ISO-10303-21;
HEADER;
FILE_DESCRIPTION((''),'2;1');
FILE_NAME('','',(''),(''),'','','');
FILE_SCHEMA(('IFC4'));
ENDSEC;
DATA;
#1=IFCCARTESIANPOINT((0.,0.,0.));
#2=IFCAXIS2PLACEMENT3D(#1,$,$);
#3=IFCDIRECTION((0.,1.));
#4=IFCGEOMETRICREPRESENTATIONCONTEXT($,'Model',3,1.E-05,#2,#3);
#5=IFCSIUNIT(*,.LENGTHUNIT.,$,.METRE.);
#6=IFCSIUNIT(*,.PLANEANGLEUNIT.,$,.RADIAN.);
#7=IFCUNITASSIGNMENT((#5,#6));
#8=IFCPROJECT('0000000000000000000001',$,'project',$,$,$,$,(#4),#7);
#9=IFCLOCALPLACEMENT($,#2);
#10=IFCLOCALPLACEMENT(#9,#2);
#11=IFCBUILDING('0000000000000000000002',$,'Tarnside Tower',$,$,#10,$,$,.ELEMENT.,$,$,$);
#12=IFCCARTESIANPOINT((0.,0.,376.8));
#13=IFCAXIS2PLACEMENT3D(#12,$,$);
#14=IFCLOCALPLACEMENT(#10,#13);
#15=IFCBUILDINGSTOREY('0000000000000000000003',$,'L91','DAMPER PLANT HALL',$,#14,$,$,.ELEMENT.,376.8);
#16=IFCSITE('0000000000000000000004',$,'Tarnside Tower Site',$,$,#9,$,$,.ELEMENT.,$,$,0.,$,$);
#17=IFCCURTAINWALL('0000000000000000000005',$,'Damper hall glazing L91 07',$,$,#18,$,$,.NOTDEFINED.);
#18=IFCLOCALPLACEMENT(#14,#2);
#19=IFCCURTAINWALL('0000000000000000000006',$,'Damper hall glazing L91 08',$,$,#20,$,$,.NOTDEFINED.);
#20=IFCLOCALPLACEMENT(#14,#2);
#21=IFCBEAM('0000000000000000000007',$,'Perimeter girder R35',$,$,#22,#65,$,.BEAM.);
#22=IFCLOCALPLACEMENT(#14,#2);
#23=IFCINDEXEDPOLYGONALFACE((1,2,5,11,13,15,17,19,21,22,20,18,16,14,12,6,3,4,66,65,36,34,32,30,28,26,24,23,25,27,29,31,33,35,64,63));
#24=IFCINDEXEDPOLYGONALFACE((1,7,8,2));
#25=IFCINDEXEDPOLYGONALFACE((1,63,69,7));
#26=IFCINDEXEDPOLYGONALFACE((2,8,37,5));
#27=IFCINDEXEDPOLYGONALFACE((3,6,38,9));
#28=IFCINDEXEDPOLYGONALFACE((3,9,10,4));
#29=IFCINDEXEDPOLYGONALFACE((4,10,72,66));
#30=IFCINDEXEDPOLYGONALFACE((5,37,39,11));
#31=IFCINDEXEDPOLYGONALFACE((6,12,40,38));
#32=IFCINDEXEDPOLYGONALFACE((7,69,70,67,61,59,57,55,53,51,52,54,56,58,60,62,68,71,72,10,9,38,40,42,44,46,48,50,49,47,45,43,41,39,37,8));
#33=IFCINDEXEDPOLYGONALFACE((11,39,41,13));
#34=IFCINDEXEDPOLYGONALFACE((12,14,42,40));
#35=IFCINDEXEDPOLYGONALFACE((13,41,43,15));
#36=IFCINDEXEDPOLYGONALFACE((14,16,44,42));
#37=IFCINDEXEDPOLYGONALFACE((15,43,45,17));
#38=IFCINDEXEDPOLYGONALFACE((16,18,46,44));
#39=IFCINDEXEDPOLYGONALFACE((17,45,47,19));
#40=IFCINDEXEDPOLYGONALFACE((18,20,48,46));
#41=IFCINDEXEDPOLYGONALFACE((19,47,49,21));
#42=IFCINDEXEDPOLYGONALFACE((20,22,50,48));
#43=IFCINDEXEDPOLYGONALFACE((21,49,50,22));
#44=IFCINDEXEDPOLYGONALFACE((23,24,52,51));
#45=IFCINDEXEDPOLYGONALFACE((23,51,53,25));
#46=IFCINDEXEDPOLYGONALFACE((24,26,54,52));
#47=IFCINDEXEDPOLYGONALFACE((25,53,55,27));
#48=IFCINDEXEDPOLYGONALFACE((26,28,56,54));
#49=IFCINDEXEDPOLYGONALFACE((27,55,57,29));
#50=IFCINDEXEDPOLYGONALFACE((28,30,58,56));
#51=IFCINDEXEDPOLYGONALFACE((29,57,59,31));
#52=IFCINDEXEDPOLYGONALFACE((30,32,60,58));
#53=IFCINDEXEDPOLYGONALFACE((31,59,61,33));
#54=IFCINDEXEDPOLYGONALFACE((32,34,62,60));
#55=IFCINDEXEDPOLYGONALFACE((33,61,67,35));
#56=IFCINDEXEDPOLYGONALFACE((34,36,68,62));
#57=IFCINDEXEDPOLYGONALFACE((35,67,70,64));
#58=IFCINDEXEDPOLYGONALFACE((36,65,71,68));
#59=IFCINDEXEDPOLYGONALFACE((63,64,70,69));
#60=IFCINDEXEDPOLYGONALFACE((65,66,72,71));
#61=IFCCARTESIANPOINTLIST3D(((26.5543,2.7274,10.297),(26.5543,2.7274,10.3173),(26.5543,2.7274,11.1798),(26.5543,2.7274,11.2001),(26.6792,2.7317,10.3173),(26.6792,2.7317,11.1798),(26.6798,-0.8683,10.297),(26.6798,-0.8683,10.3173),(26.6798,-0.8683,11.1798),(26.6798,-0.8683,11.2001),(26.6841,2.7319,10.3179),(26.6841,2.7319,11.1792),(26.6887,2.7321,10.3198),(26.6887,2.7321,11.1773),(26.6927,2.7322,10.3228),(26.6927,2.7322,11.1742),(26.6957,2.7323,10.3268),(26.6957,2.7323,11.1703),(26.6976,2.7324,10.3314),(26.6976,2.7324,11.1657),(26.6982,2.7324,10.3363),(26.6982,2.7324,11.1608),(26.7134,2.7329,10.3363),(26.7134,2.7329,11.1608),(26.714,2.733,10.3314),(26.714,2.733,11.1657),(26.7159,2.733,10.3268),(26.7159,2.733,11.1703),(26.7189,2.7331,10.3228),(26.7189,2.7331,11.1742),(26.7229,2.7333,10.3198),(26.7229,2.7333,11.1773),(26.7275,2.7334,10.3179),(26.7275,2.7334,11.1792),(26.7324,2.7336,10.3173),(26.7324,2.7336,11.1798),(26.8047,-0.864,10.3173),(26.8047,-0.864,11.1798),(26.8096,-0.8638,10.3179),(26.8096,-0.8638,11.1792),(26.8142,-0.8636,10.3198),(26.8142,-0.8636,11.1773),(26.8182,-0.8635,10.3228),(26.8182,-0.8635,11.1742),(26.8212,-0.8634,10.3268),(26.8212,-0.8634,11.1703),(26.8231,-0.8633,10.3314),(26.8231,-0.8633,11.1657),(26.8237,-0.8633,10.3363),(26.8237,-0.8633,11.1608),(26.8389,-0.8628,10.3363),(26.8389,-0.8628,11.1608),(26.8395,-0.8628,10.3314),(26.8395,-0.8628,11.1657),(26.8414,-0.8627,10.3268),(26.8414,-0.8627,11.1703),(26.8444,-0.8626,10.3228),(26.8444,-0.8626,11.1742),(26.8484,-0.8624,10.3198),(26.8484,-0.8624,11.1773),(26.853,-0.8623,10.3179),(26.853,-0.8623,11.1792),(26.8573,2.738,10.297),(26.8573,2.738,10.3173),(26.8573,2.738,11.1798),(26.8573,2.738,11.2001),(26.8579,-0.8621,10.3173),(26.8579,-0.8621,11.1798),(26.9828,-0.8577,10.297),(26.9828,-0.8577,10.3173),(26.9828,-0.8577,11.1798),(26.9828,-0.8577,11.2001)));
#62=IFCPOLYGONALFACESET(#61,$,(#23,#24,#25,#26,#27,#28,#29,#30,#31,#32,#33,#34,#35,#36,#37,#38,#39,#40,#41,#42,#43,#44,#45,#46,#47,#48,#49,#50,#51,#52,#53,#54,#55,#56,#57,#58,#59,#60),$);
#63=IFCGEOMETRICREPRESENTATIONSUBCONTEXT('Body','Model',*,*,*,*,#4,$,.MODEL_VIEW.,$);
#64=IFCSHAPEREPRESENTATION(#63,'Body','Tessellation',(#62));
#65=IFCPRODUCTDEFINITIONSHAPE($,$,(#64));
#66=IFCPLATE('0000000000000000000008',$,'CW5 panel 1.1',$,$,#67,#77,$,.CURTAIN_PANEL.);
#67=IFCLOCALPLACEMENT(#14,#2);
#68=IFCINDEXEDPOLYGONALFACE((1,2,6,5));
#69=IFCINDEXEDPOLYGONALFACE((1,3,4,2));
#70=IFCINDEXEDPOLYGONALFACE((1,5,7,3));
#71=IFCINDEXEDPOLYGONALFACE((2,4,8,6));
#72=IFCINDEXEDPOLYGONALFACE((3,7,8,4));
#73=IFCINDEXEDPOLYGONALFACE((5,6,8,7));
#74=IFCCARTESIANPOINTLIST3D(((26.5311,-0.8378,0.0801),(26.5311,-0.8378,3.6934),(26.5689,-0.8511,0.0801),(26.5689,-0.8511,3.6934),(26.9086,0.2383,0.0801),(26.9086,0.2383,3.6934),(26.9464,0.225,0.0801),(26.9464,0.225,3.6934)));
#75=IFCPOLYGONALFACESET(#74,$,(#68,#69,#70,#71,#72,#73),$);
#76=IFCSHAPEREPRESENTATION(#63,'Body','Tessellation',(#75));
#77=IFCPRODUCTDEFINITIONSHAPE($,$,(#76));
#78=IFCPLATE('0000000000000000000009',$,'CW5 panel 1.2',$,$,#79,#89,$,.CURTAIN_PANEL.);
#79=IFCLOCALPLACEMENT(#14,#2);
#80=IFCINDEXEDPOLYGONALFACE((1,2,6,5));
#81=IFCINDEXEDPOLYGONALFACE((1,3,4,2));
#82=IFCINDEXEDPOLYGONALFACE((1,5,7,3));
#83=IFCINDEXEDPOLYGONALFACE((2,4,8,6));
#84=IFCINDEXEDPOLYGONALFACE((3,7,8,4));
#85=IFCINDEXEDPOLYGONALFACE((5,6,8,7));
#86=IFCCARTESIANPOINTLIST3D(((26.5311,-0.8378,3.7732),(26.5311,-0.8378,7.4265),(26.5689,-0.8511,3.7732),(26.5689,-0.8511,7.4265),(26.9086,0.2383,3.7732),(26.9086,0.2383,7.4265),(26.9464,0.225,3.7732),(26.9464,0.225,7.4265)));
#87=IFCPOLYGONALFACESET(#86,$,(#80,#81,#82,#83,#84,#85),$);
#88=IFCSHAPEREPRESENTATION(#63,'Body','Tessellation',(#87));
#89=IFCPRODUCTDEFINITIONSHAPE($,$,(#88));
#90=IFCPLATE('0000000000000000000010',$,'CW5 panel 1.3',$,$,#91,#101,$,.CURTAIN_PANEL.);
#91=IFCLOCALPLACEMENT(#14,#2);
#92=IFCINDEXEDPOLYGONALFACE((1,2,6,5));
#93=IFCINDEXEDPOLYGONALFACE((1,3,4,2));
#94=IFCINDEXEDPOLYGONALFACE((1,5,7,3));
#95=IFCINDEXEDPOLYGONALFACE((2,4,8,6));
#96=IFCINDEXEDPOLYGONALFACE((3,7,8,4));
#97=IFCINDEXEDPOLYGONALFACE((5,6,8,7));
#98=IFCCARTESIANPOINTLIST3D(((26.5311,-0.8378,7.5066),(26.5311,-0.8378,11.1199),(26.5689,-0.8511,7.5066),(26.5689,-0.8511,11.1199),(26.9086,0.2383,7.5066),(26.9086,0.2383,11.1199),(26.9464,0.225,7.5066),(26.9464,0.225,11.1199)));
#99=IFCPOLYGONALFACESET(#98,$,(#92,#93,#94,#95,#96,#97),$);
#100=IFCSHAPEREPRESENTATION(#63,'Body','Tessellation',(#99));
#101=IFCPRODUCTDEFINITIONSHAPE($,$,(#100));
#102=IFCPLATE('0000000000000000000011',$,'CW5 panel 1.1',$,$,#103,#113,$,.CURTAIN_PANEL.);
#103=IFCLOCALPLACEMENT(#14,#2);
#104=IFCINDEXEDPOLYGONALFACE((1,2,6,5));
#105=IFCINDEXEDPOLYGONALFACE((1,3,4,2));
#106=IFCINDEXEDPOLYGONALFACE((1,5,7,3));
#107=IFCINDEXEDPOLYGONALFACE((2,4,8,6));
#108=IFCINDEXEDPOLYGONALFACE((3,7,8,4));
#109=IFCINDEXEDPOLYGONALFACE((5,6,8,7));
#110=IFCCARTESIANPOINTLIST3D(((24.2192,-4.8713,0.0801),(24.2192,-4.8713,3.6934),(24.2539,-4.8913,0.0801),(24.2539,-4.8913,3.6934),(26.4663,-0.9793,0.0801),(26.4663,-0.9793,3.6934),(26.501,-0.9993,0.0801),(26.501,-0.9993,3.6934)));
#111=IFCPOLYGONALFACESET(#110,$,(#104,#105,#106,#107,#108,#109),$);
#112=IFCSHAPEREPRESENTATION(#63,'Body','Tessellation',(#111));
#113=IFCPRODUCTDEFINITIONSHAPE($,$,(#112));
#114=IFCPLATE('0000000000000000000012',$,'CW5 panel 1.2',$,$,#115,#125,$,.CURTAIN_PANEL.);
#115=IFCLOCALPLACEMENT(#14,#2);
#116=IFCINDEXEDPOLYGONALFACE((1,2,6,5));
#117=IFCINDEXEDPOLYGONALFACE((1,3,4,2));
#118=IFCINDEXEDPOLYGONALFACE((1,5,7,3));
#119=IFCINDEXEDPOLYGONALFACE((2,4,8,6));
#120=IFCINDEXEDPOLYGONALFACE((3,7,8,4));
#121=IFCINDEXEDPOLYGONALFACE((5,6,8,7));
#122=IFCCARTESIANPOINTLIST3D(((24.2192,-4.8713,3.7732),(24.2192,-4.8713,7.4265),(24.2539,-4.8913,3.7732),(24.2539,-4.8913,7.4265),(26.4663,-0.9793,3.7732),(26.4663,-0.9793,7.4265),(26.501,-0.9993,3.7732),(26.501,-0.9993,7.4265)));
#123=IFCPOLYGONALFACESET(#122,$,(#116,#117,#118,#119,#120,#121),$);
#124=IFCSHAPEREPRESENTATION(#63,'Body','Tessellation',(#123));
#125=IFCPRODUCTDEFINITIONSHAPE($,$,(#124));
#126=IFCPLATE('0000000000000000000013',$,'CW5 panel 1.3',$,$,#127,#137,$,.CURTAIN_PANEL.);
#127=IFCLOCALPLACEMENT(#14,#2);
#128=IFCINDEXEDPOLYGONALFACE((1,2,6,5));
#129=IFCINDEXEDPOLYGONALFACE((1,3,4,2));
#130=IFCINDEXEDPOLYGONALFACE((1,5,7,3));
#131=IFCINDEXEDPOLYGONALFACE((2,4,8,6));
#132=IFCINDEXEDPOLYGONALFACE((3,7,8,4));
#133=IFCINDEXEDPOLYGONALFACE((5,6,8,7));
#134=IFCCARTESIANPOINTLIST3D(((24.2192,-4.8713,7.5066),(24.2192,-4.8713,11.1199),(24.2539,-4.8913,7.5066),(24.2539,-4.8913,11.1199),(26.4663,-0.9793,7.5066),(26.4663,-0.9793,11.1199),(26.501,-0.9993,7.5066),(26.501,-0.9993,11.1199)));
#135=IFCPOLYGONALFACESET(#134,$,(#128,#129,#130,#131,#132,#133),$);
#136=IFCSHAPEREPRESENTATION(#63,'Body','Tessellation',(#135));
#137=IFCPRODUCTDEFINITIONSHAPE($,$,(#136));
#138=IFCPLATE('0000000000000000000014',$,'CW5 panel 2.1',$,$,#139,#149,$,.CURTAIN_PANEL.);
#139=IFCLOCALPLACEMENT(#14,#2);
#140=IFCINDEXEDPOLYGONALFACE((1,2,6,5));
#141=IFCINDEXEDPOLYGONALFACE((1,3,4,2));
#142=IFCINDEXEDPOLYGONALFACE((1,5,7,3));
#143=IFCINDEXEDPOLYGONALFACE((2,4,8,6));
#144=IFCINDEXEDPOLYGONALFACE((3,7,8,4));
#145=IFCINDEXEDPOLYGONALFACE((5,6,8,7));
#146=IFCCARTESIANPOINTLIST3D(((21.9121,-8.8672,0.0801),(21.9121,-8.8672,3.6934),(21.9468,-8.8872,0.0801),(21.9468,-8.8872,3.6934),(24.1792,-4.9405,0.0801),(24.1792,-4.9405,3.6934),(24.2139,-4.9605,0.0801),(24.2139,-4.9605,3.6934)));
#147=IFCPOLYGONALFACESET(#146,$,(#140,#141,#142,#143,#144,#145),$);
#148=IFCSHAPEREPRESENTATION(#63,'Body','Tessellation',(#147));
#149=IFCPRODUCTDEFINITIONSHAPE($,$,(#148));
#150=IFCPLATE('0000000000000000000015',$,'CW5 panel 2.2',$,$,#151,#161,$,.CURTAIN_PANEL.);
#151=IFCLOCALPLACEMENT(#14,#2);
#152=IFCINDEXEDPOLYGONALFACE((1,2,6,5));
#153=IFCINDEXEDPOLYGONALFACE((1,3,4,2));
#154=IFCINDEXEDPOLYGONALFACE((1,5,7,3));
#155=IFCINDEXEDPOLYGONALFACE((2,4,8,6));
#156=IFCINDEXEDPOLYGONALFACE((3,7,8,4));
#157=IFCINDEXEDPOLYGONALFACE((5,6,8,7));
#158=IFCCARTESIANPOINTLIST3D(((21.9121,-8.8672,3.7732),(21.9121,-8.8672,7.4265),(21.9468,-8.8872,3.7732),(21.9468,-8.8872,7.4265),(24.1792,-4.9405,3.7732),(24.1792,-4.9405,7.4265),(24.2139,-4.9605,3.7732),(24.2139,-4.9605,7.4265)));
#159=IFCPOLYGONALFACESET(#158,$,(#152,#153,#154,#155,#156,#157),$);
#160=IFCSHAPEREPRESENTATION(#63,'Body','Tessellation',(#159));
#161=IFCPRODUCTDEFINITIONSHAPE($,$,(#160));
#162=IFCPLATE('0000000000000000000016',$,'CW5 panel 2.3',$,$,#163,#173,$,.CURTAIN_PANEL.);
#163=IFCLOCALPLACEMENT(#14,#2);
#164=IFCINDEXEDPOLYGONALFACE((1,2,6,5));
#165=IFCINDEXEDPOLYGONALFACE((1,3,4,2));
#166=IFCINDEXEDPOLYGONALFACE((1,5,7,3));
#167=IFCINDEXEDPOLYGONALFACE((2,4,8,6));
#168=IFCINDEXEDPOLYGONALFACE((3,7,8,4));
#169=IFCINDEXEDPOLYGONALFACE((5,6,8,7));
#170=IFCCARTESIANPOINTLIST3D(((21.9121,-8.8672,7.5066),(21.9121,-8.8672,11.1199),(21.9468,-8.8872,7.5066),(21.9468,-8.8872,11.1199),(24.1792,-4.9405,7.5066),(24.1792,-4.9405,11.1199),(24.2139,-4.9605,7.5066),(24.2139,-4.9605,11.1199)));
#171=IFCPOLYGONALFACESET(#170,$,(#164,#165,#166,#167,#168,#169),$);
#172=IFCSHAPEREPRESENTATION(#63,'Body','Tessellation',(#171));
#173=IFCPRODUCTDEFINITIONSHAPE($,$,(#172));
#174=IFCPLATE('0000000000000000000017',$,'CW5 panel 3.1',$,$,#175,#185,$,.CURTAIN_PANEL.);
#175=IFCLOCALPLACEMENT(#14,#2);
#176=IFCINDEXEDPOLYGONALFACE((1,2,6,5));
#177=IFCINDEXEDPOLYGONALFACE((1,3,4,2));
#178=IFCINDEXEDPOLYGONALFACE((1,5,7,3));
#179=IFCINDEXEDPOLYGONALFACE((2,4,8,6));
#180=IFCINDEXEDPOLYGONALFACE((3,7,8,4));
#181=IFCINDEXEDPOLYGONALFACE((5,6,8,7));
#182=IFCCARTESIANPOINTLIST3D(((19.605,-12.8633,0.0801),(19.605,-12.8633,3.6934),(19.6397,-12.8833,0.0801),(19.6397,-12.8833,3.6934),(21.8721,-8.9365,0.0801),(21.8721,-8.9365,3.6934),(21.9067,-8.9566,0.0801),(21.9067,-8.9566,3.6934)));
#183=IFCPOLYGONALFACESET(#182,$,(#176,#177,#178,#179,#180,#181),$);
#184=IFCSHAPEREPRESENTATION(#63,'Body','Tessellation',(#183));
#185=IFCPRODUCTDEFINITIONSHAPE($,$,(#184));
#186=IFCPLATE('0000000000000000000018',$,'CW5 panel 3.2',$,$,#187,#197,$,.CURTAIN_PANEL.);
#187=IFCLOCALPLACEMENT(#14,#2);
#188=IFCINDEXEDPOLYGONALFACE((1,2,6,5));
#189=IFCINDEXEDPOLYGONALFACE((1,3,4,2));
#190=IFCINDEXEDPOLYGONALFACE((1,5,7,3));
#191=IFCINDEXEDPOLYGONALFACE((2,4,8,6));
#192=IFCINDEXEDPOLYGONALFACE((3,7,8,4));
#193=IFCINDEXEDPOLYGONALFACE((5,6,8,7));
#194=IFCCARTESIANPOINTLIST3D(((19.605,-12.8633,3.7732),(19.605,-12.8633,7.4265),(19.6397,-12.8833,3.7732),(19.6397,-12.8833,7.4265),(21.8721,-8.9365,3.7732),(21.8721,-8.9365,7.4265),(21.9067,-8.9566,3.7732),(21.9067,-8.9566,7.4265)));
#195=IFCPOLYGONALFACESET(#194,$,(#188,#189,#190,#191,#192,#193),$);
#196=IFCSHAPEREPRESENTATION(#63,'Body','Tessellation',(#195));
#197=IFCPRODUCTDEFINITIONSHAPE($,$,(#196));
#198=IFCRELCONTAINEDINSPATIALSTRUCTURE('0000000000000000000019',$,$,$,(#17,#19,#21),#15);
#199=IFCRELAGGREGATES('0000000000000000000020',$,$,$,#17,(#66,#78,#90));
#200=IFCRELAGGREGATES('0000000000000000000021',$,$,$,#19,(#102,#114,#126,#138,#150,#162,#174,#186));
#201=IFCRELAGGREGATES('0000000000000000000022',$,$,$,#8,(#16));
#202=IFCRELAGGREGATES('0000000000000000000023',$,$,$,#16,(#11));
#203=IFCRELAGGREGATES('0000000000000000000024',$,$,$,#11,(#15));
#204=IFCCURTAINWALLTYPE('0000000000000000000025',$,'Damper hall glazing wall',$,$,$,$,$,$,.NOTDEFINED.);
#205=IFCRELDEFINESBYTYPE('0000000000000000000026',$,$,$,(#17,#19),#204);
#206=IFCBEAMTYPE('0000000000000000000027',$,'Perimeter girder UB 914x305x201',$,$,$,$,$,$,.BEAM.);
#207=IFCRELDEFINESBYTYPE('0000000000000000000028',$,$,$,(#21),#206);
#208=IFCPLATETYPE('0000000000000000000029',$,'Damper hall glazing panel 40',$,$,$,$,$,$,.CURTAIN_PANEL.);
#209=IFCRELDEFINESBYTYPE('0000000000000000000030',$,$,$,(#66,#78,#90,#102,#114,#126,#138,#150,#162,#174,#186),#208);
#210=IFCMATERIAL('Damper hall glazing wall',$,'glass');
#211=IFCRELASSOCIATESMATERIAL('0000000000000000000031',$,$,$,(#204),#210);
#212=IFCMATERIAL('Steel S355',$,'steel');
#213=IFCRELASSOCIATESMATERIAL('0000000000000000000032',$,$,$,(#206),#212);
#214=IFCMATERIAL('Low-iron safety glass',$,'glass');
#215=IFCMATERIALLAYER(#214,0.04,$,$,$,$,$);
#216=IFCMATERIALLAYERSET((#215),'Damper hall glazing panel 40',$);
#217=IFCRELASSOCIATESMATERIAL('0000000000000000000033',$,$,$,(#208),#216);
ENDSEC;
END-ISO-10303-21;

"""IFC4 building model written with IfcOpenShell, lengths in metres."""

from ifc_helpers import new_model, si_unit, direction, frame, origin, origin_2d, place, context, subcontext, project, spatial, rectangle, i_section, extrude, material, layer, layer_set, material_profile, profile_set, type_object, element, aggregate, save


model = new_model("IFC4")

# Units and contexts
model_context = context("Model", 3, precision=1e-05, world=origin(), true_north=direction((0.0, 1.0)))
body_context = subcontext(model_context, "Body", "Model", "MODEL_VIEW")
ifc_project = project(units=[si_unit("LENGTHUNIT", "METRE"), si_unit("PLANEANGLEUNIT", "RADIAN")], contexts=[model_context])

# Site, building, storey
site_placement = place(None, origin())
site = spatial("IfcSite", under=ifc_project, at=site_placement, Name="Tarnside Tower Site", CompositionType="ELEMENT", RefElevation=0.0)
building_placement = place(site_placement, origin())
building = spatial("IfcBuilding", under=site, at=building_placement, Name="Tarnside Tower", CompositionType="ELEMENT")
storey_placement = place(building_placement, frame((0.0, 0.0, 376.8)))
storey = spatial("IfcBuildingStorey", under=building, at=storey_placement, Name="L91", Description="DAMPER PLANT HALL", CompositionType="ELEMENT", Elevation=376.8)

# Shared definitions
ifc_material_1 = material(Name="Steel S355", Category="steel")

# Curtain wall
ifc_material_2 = material(Name="Damper hall glazing wall", Category="glass")
curtain_wall_type = type_object("IfcCurtainWallType", Name="Damper hall glazing wall", PredefinedType="NOTDEFINED", material=ifc_material_2)
curtain_wall_1_placement = place(storey_placement, origin())
curtain_wall_1 = element("IfcCurtainWall", 1, at=curtain_wall_1_placement, inside=storey, type_object=curtain_wall_type, Name="Damper hall glazing L91 07", PredefinedType="NOTDEFINED")

# Curtain wall
curtain_wall_2_placement = place(storey_placement, origin())
curtain_wall_2 = element("IfcCurtainWall", 2, at=curtain_wall_2_placement, inside=storey, type_object=curtain_wall_type, Name="Damper hall glazing L91 08", PredefinedType="NOTDEFINED")

# Beam
ifc_material_profile_1 = material_profile(ifc_material_1, i_section(OverallWidth=0.3032, OverallDepth=0.9031, WebThickness=0.0151, FlangeThickness=0.0203, FilletRadius=0.019, at=origin_2d()), Name="UB 914x305x201")
ifc_profile_set_1 = profile_set([ifc_material_profile_1], Name="Steel S355")
beam_type_1 = type_object("IfcBeamType", Name="Perimeter girder UB 914x305x201", PredefinedType="BEAM", material=ifc_profile_set_1)
beam_1_placement = place(storey_placement, frame((26.8313, -0.863, 10.7485), z_axis=(-0.034878, 0.999392, 0.0), x_axis=(-0.999392, -0.034878, 0.0)))
element("IfcBeam", 3, at=beam_1_placement, inside=storey, type_object=beam_type_1, Name="Perimeter girder R35", PredefinedType="BEAM", context=body_context, shape_type="SweptSolid", body=[
    extrude(i_section(OverallWidth=0.3032, OverallDepth=0.9031, WebThickness=0.0151, FlangeThickness=0.0203, FilletRadius=0.019, at=origin_2d()), origin(), (0.0, 0.0, 1.0), 3.5979),
])

# Plates
ifc_material_3 = material(Name="Low-iron safety glass", Category="glass")
ifc_layer = layer(ifc_material_3, 0.04)
ifc_layer_set = layer_set([ifc_layer], Name="Damper hall glazing panel 40")
plate_type = type_object("IfcPlateType", Name="Damper hall glazing panel 40", PredefinedType="CURTAIN_PANEL", material=ifc_layer_set)
plate_1_placement = place(storey_placement, frame((26.7388, -0.3064, 0.0801), z_axis=(0.0, 0.0, 1.0), x_axis=(-0.331063, -0.943609, 0.0)))
plate_1 = element("IfcPlate", 4, at=plate_1_placement, type_object=plate_type, Name="CW5 panel 1.1", PredefinedType="CURTAIN_PANEL", context=body_context, shape_type="SweptSolid", body=[
    extrude(rectangle(XDim=1.1404, YDim=0.04, at=origin_2d()), origin(), (0.0, 0.0, 1.0), 3.6133),
])
plate_2_placement = place(storey_placement, frame((26.7388, -0.3064, 3.7732), z_axis=(0.0, 0.0, 1.0), x_axis=(-0.331063, -0.943609, 0.0)))
plate_2 = element("IfcPlate", 5, at=plate_2_placement, type_object=plate_type, Name="CW5 panel 1.2", PredefinedType="CURTAIN_PANEL", context=body_context, shape_type="SweptSolid", body=[
    extrude(rectangle(XDim=1.1404, YDim=0.04, at=origin_2d()), origin(), (0.0, 0.0, 1.0), 3.6533),
])
plate_3_placement = place(storey_placement, frame((26.7388, -0.3064, 7.5066), z_axis=(0.0, 0.0, 1.0), x_axis=(-0.331063, -0.943609, 0.0)))
plate_3 = element("IfcPlate", 6, at=plate_3_placement, type_object=plate_type, Name="CW5 panel 1.3", PredefinedType="CURTAIN_PANEL", context=body_context, shape_type="SweptSolid", body=[
    extrude(rectangle(XDim=1.1404, YDim=0.04, at=origin_2d()), origin(), (0.0, 0.0, 1.0), 3.6133),
])
aggregate(curtain_wall_1, [plate_1, plate_2, plate_3])
plate_4_placement = place(storey_placement, frame((25.3601, -2.9353, 0.0801), z_axis=(0.0, 0.0, 1.0), x_axis=(-0.5, -0.866025, 0.0)))
plate_4 = element("IfcPlate", 7, at=plate_4_placement, type_object=plate_type, Name="CW5 panel 1.1", PredefinedType="CURTAIN_PANEL", context=body_context, shape_type="SweptSolid", body=[
    extrude(rectangle(XDim=4.4941, YDim=0.04, at=origin_2d()), origin(), (0.0, 0.0, 1.0), 3.6133),
])
plate_5_placement = place(storey_placement, frame((25.3601, -2.9353, 3.7732), z_axis=(0.0, 0.0, 1.0), x_axis=(-0.5, -0.866025, 0.0)))
plate_5 = element("IfcPlate", 8, at=plate_5_placement, type_object=plate_type, Name="CW5 panel 1.2", PredefinedType="CURTAIN_PANEL", context=body_context, shape_type="SweptSolid", body=[
    extrude(rectangle(XDim=4.4941, YDim=0.04, at=origin_2d()), origin(), (0.0, 0.0, 1.0), 3.6533),
])
plate_6_placement = place(storey_placement, frame((25.3601, -2.9353, 7.5066), z_axis=(0.0, 0.0, 1.0), x_axis=(-0.5, -0.866025, 0.0)))
plate_6 = element("IfcPlate", 9, at=plate_6_placement, type_object=plate_type, Name="CW5 panel 1.3", PredefinedType="CURTAIN_PANEL", context=body_context, shape_type="SweptSolid", body=[
    extrude(rectangle(XDim=4.4941, YDim=0.04, at=origin_2d()), origin(), (0.0, 0.0, 1.0), 3.6133),
])
plate_7_placement = place(storey_placement, frame((23.063, -6.9138, 0.0801), z_axis=(0.0, 0.0, 1.0), x_axis=(-0.5, -0.866025, 0.0)))
plate_7 = element("IfcPlate", 10, at=plate_7_placement, type_object=plate_type, Name="CW5 panel 2.1", PredefinedType="CURTAIN_PANEL", context=body_context, shape_type="SweptSolid", body=[
    extrude(rectangle(XDim=4.5342, YDim=0.04, at=origin_2d()), origin(), (0.0, 0.0, 1.0), 3.6133),
])
plate_8_placement = place(storey_placement, frame((23.063, -6.9138, 3.7732), z_axis=(0.0, 0.0, 1.0), x_axis=(-0.5, -0.866025, 0.0)))
plate_8 = element("IfcPlate", 11, at=plate_8_placement, type_object=plate_type, Name="CW5 panel 2.2", PredefinedType="CURTAIN_PANEL", context=body_context, shape_type="SweptSolid", body=[
    extrude(rectangle(XDim=4.5342, YDim=0.04, at=origin_2d()), origin(), (0.0, 0.0, 1.0), 3.6533),
])
plate_9_placement = place(storey_placement, frame((23.063, -6.9138, 7.5066), z_axis=(0.0, 0.0, 1.0), x_axis=(-0.5, -0.866025, 0.0)))
plate_9 = element("IfcPlate", 12, at=plate_9_placement, type_object=plate_type, Name="CW5 panel 2.3", PredefinedType="CURTAIN_PANEL", context=body_context, shape_type="SweptSolid", body=[
    extrude(rectangle(XDim=4.5342, YDim=0.04, at=origin_2d()), origin(), (0.0, 0.0, 1.0), 3.6133),
])
plate_10_placement = place(storey_placement, frame((20.7559, -10.9099, 0.0801), z_axis=(0.0, 0.0, 1.0), x_axis=(-0.5, -0.866025, 0.0)))
plate_10 = element("IfcPlate", 13, at=plate_10_placement, type_object=plate_type, Name="CW5 panel 3.1", PredefinedType="CURTAIN_PANEL", context=body_context, shape_type="SweptSolid", body=[
    extrude(rectangle(XDim=4.5342, YDim=0.04, at=origin_2d()), origin(), (0.0, 0.0, 1.0), 3.6133),
])
plate_11_placement = place(storey_placement, frame((20.7559, -10.9099, 3.7732), z_axis=(0.0, 0.0, 1.0), x_axis=(-0.5, -0.866025, 0.0)))
plate_11 = element("IfcPlate", 14, at=plate_11_placement, type_object=plate_type, Name="CW5 panel 3.2", PredefinedType="CURTAIN_PANEL", context=body_context, shape_type="SweptSolid", body=[
    extrude(rectangle(XDim=4.5342, YDim=0.04, at=origin_2d()), origin(), (0.0, 0.0, 1.0), 3.6533),
])
aggregate(curtain_wall_2, [plate_4, plate_5, plate_6, plate_7, plate_8, plate_9, plate_10, plate_11])

save(model, "model.ifc")
